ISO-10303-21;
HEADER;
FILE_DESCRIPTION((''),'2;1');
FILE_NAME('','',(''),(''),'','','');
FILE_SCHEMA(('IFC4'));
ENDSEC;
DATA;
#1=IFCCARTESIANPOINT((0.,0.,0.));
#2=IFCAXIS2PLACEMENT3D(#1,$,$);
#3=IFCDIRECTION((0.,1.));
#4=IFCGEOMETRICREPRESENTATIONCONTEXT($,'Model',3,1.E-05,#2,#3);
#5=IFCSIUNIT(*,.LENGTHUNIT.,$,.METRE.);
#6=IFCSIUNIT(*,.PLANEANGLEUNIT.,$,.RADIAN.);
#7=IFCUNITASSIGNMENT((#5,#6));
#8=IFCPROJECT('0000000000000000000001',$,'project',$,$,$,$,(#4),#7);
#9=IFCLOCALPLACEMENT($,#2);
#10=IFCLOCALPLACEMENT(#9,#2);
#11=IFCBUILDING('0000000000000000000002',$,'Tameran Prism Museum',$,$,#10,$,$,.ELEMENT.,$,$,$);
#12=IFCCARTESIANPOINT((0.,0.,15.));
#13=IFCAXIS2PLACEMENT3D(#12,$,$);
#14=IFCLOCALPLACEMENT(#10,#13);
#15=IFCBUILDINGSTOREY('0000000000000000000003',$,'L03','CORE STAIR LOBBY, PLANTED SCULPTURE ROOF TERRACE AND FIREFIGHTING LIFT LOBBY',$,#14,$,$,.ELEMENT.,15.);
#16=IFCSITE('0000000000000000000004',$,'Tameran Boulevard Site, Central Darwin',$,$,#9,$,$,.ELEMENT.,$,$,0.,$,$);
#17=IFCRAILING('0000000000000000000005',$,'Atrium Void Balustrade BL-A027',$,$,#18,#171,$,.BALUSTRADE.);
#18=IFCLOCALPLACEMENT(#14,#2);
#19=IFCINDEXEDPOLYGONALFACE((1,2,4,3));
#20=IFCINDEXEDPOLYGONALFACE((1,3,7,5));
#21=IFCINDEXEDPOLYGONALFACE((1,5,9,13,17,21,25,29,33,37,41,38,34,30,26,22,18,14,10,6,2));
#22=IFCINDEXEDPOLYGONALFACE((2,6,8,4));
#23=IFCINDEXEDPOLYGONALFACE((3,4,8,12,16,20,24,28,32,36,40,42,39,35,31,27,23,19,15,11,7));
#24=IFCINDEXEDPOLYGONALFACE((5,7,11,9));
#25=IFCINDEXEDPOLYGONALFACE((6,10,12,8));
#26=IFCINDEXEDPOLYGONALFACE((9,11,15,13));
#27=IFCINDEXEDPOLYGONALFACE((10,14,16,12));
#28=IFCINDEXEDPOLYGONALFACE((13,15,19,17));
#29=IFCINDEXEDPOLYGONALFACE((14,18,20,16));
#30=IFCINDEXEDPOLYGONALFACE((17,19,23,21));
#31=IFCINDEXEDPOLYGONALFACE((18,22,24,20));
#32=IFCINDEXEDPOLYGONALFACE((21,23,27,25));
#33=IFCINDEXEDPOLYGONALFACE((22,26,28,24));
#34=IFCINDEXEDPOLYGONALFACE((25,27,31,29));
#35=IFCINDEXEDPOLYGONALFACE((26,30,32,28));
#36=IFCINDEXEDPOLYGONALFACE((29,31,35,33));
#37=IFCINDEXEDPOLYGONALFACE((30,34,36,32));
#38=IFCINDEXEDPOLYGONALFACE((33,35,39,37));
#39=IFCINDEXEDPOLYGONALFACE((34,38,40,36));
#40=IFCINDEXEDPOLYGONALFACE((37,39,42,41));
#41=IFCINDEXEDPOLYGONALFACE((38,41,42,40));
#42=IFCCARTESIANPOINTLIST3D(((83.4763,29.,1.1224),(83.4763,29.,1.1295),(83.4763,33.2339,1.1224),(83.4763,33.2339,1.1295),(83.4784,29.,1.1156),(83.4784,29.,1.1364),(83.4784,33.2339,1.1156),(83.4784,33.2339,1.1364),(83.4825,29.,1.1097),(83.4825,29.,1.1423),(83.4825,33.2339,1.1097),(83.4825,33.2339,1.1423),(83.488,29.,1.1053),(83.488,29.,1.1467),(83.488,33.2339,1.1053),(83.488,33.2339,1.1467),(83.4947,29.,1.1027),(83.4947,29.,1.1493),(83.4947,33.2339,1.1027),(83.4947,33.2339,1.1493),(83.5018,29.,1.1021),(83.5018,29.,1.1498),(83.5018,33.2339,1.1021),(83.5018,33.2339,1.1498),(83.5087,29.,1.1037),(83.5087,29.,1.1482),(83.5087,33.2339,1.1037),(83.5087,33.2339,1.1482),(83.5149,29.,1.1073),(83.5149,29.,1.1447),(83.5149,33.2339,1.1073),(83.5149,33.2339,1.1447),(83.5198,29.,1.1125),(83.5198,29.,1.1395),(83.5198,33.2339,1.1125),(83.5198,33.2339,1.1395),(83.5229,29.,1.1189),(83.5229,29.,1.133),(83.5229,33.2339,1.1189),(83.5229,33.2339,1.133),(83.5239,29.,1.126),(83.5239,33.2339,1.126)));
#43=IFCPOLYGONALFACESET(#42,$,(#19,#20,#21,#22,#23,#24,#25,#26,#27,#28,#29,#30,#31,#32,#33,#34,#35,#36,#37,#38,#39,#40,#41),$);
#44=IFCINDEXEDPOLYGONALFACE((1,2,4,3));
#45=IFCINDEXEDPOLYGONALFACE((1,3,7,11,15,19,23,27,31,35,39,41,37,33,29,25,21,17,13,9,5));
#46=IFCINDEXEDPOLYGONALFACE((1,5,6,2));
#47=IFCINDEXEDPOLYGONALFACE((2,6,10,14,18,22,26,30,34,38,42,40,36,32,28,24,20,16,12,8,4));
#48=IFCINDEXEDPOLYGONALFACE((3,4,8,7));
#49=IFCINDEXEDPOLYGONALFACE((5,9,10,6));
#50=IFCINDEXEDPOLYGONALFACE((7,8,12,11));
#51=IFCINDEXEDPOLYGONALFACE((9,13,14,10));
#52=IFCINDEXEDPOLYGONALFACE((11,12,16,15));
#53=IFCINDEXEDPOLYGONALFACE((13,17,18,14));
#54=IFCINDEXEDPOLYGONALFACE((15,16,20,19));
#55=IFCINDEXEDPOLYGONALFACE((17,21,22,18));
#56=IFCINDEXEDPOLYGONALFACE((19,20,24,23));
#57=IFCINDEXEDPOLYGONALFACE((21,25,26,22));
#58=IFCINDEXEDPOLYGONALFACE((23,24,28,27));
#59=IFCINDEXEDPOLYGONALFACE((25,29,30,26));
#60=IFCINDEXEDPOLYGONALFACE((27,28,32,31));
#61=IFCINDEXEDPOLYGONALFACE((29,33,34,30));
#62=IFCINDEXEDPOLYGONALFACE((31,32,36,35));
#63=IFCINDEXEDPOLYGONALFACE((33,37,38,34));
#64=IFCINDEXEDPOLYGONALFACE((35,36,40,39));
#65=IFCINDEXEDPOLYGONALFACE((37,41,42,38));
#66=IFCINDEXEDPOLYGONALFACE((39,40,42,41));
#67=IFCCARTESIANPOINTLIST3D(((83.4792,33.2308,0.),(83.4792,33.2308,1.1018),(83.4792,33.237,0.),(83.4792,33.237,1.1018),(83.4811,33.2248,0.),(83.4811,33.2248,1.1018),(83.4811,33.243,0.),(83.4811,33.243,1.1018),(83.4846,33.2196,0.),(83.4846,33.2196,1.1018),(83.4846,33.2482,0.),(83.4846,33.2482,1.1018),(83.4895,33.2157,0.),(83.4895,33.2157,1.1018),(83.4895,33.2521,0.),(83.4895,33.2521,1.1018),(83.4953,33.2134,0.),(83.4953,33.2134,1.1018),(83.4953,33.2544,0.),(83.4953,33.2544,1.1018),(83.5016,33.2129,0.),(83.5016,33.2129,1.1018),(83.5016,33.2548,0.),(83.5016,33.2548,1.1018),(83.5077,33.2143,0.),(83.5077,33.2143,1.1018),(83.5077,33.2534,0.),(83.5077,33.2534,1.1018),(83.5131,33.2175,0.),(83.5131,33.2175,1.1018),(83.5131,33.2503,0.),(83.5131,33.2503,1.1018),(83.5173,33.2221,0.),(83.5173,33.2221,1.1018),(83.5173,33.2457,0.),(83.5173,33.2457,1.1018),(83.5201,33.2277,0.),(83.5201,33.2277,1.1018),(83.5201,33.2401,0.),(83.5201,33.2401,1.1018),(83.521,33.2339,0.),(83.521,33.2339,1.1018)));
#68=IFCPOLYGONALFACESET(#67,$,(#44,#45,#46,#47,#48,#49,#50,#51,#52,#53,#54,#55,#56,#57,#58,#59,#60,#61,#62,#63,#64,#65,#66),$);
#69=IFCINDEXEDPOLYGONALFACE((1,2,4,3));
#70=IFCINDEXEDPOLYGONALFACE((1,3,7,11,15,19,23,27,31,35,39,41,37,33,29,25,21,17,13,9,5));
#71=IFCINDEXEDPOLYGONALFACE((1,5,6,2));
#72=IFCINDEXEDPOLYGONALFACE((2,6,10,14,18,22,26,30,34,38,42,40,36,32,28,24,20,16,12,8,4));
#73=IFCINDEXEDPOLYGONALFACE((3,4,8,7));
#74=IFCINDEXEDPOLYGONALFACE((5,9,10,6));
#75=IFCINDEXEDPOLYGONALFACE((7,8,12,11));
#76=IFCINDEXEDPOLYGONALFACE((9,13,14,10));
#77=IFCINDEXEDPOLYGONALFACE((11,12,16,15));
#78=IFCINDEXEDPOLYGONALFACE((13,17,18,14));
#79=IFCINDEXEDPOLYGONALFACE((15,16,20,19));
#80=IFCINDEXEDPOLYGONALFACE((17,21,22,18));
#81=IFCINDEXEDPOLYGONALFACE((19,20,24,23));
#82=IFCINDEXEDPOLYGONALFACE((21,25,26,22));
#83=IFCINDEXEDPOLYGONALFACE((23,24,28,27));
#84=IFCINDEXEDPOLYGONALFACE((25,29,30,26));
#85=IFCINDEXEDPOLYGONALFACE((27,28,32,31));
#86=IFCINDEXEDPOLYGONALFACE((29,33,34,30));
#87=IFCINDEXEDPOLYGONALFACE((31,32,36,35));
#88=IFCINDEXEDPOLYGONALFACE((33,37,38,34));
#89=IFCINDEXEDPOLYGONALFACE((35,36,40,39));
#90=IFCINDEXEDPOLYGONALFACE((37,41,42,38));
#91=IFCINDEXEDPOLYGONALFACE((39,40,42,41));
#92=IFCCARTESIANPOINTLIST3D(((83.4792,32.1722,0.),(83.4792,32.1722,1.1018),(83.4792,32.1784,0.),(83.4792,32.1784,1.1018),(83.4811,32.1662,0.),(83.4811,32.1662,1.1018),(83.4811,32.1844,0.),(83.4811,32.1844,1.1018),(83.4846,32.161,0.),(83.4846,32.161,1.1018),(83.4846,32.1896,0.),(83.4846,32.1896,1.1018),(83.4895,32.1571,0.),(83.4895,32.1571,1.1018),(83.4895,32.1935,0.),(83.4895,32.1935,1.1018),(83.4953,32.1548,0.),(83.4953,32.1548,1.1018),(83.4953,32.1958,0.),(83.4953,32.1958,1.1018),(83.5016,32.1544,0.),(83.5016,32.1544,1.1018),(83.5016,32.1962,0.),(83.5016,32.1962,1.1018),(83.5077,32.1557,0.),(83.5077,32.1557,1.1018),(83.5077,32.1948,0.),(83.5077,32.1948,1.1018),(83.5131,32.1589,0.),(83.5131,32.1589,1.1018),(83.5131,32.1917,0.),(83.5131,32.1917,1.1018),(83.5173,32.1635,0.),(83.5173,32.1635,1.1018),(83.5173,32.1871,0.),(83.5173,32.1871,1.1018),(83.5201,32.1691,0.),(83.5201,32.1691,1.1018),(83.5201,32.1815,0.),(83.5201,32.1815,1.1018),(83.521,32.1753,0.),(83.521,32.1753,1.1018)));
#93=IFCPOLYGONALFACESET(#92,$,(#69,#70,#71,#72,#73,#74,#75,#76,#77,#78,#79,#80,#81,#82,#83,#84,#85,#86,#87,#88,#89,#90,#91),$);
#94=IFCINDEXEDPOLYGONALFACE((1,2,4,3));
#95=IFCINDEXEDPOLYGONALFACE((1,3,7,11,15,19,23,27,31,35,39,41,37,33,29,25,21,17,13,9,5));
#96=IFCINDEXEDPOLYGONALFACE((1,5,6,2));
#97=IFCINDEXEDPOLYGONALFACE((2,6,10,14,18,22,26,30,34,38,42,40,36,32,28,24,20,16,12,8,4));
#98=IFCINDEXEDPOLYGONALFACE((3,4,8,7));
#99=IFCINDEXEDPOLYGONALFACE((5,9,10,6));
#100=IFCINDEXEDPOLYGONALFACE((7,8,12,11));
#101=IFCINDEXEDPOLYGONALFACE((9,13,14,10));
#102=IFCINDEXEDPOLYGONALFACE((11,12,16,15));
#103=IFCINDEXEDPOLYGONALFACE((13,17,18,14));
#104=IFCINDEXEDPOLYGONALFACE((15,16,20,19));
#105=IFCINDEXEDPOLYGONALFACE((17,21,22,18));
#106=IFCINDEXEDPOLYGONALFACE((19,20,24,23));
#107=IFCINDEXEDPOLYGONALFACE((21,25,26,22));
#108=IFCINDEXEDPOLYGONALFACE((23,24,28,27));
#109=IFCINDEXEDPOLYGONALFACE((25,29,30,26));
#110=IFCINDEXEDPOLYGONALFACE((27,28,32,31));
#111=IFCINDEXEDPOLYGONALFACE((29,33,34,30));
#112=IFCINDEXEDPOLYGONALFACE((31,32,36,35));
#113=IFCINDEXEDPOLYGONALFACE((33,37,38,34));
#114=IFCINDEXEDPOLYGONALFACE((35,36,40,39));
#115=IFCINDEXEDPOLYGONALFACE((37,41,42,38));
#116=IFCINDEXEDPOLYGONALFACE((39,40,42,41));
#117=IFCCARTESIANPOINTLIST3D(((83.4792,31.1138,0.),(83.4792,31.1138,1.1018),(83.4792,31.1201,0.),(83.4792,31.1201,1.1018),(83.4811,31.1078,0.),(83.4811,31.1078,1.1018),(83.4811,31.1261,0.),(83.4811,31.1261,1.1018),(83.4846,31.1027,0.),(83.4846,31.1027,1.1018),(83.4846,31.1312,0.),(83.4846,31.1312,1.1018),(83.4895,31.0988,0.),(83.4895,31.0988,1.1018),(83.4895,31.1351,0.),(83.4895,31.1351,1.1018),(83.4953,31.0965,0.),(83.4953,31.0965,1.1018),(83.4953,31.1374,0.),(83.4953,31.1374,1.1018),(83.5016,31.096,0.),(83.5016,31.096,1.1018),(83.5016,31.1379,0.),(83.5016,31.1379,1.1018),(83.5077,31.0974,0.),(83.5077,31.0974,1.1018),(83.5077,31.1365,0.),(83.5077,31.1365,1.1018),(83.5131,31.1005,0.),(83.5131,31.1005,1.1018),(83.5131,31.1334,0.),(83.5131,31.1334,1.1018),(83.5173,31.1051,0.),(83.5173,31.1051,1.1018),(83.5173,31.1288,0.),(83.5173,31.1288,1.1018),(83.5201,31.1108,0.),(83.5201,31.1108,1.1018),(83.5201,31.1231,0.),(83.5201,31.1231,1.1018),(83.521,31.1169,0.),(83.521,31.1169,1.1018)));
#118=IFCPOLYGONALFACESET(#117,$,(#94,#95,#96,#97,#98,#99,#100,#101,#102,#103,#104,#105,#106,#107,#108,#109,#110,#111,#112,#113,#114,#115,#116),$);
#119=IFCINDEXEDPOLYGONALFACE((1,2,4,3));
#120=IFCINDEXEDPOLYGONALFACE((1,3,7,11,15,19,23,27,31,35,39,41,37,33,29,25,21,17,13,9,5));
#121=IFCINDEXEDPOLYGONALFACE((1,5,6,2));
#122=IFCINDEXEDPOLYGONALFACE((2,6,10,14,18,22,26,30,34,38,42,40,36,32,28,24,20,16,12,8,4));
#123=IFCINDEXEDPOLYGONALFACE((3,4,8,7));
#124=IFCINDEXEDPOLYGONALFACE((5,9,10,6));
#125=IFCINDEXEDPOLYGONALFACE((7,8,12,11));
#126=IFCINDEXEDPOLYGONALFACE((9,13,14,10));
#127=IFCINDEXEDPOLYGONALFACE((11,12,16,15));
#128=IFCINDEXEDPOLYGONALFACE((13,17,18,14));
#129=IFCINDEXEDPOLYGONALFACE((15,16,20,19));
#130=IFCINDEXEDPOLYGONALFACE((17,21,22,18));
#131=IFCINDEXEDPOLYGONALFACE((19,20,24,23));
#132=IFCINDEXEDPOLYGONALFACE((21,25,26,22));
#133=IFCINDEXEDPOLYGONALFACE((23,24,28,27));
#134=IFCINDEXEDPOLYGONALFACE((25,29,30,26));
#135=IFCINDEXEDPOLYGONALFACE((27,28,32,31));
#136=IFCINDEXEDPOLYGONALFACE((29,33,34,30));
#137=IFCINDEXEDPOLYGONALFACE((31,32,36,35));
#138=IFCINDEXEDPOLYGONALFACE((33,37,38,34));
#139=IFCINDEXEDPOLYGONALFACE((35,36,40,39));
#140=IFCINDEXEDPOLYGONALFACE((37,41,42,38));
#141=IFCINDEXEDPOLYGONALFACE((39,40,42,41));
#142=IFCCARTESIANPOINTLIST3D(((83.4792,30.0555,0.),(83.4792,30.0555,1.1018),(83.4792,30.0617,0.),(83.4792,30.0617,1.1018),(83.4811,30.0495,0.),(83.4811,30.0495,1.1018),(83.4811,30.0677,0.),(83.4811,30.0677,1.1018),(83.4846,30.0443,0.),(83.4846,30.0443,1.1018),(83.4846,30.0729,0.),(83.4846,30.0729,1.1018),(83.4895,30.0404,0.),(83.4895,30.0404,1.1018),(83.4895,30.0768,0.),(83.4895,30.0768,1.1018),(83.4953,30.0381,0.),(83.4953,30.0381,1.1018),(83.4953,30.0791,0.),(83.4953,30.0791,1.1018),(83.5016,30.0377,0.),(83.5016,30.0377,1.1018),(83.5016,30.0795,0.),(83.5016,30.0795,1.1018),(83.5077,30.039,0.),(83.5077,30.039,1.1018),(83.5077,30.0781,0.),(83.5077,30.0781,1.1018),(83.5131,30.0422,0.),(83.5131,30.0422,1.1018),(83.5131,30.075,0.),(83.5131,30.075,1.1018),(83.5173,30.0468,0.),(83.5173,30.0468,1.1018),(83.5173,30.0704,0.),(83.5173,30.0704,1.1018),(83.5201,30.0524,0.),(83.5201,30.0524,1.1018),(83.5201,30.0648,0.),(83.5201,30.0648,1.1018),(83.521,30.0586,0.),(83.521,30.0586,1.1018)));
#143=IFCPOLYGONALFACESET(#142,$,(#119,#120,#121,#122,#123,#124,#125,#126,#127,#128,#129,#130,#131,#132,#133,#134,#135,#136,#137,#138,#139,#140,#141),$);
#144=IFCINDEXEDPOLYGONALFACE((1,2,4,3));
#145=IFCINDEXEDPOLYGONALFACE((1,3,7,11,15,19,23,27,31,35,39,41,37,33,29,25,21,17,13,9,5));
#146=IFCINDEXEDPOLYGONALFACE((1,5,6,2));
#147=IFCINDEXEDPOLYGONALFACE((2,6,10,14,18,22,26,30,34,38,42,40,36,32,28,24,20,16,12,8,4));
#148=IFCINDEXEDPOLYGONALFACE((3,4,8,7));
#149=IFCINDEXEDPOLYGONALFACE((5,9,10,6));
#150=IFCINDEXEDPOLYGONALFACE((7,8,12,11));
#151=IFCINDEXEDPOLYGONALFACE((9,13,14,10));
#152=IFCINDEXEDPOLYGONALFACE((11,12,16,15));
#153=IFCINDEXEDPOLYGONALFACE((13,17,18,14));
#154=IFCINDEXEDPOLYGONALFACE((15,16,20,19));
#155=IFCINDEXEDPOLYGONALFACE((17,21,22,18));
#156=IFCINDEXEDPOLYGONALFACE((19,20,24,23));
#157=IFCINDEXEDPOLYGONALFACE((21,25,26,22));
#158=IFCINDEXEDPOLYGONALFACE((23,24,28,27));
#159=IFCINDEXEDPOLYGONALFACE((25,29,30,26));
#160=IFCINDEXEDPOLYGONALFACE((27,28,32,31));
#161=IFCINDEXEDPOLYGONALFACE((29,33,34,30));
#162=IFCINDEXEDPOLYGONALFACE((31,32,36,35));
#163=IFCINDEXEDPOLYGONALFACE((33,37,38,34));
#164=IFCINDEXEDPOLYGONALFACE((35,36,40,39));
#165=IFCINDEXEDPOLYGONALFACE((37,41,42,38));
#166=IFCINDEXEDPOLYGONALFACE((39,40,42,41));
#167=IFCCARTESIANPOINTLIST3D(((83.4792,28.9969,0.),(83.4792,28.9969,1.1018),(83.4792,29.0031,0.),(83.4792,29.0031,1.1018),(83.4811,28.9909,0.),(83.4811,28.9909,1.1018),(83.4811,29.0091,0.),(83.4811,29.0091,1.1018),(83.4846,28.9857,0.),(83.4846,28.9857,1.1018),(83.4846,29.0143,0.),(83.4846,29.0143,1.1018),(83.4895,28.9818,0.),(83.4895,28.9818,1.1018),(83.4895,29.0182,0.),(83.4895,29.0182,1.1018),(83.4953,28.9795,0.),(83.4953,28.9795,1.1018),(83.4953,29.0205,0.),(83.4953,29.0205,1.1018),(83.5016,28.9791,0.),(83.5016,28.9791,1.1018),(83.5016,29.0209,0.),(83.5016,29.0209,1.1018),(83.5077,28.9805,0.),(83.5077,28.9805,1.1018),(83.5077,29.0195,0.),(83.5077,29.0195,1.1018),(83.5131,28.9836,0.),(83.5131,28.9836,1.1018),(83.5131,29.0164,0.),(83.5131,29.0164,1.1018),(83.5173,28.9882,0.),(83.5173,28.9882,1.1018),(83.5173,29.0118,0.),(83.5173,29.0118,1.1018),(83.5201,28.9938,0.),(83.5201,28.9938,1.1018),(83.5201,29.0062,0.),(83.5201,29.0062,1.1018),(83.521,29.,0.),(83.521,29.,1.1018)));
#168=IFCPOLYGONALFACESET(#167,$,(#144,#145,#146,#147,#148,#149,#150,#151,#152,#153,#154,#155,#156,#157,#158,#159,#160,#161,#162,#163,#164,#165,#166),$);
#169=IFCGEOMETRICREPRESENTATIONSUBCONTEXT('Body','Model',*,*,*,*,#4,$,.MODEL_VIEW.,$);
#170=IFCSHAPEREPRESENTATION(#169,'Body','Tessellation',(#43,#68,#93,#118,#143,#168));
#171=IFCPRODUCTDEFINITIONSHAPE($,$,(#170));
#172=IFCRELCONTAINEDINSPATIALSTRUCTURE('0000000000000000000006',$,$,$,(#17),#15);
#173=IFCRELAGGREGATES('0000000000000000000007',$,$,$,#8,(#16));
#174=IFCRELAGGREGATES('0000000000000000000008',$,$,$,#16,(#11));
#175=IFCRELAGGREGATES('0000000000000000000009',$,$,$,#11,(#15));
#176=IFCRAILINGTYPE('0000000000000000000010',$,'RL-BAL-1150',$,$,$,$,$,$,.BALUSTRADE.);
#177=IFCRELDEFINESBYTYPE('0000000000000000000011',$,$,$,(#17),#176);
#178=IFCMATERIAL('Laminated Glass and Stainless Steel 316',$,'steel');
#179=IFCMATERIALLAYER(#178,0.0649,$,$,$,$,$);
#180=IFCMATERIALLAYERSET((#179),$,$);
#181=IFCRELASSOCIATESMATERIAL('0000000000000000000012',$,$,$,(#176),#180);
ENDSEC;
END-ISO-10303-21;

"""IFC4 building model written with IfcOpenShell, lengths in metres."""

from ifc_helpers import new_model, si_unit, direction, frame, origin, origin_2d, place, context, subcontext, project, spatial, circle, extrude, material, layer, layer_set, type_object, element, save


model = new_model("IFC4")

# Units and contexts
model_context = context("Model", 3, precision=1e-05, world=origin(), true_north=direction((0.0, 1.0)))
body_context = subcontext(model_context, "Body", "Model", "MODEL_VIEW")
ifc_project = project(units=[si_unit("LENGTHUNIT", "METRE"), si_unit("PLANEANGLEUNIT", "RADIAN")], contexts=[model_context])

# Site, building, storey
site_placement = place(None, origin())
site = spatial("IfcSite", under=ifc_project, at=site_placement, Name="Tameran Boulevard Site, Central Darwin", CompositionType="ELEMENT", RefElevation=0.0)
building_placement = place(site_placement, origin())
building = spatial("IfcBuilding", under=site, at=building_placement, Name="Tameran Prism Museum", CompositionType="ELEMENT")
storey_placement = place(building_placement, frame((0.0, 0.0, 15.0)))
storey = spatial("IfcBuildingStorey", under=building, at=storey_placement, Name="L03", Description="CORE STAIR LOBBY, PLANTED SCULPTURE ROOF TERRACE AND FIREFIGHTING LIFT LOBBY", CompositionType="ELEMENT", Elevation=15.0)

# Railing
ifc_material_1 = material(Name="Laminated Glass and Stainless Steel 316", Category="steel")
ifc_layer_1 = layer(ifc_material_1, 0.0649)
ifc_layer_set_1 = layer_set([ifc_layer_1])
railing_type = type_object("IfcRailingType", Name="RL-BAL-1150", PredefinedType="BALUSTRADE", material=ifc_layer_set_1)
railing_1_placement = place(storey_placement, frame((83.5, 33.2339, 0.0)))
element("IfcRailing", 1, at=railing_1_placement, inside=storey, type_object=railing_type, Name="Atrium Void Balustrade BL-A027", PredefinedType="BALUSTRADE", context=body_context, shape_type="SweptSolid", body=[
    extrude(circle(Radius=0.0239, at=origin_2d()), frame((0.0, 0.0, 1.126), z_axis=(0.0, -1.0, 0.0), x_axis=(1.0, 0.0, 0.0)), (0.0, 0.0, 1.0), 4.2339),
    extrude(circle(Radius=0.021, at=origin_2d()), origin(), (0.0, 0.0, 1.0), 1.1018),
    extrude(circle(Radius=0.021, at=origin_2d()), frame((0.0, -1.0586, 0.0)), (0.0, 0.0, 1.0), 1.1018),
    extrude(circle(Radius=0.021, at=origin_2d()), frame((0.0, -2.1169, 0.0)), (0.0, 0.0, 1.0), 1.1018),
    extrude(circle(Radius=0.021, at=origin_2d()), frame((0.0, -3.1753, 0.0)), (0.0, 0.0, 1.0), 1.1018),
    extrude(circle(Radius=0.021, at=origin_2d()), frame((0.0, -4.2339, 0.0)), (0.0, 0.0, 1.0), 1.1018),
])

save(model, "model.ifc")
